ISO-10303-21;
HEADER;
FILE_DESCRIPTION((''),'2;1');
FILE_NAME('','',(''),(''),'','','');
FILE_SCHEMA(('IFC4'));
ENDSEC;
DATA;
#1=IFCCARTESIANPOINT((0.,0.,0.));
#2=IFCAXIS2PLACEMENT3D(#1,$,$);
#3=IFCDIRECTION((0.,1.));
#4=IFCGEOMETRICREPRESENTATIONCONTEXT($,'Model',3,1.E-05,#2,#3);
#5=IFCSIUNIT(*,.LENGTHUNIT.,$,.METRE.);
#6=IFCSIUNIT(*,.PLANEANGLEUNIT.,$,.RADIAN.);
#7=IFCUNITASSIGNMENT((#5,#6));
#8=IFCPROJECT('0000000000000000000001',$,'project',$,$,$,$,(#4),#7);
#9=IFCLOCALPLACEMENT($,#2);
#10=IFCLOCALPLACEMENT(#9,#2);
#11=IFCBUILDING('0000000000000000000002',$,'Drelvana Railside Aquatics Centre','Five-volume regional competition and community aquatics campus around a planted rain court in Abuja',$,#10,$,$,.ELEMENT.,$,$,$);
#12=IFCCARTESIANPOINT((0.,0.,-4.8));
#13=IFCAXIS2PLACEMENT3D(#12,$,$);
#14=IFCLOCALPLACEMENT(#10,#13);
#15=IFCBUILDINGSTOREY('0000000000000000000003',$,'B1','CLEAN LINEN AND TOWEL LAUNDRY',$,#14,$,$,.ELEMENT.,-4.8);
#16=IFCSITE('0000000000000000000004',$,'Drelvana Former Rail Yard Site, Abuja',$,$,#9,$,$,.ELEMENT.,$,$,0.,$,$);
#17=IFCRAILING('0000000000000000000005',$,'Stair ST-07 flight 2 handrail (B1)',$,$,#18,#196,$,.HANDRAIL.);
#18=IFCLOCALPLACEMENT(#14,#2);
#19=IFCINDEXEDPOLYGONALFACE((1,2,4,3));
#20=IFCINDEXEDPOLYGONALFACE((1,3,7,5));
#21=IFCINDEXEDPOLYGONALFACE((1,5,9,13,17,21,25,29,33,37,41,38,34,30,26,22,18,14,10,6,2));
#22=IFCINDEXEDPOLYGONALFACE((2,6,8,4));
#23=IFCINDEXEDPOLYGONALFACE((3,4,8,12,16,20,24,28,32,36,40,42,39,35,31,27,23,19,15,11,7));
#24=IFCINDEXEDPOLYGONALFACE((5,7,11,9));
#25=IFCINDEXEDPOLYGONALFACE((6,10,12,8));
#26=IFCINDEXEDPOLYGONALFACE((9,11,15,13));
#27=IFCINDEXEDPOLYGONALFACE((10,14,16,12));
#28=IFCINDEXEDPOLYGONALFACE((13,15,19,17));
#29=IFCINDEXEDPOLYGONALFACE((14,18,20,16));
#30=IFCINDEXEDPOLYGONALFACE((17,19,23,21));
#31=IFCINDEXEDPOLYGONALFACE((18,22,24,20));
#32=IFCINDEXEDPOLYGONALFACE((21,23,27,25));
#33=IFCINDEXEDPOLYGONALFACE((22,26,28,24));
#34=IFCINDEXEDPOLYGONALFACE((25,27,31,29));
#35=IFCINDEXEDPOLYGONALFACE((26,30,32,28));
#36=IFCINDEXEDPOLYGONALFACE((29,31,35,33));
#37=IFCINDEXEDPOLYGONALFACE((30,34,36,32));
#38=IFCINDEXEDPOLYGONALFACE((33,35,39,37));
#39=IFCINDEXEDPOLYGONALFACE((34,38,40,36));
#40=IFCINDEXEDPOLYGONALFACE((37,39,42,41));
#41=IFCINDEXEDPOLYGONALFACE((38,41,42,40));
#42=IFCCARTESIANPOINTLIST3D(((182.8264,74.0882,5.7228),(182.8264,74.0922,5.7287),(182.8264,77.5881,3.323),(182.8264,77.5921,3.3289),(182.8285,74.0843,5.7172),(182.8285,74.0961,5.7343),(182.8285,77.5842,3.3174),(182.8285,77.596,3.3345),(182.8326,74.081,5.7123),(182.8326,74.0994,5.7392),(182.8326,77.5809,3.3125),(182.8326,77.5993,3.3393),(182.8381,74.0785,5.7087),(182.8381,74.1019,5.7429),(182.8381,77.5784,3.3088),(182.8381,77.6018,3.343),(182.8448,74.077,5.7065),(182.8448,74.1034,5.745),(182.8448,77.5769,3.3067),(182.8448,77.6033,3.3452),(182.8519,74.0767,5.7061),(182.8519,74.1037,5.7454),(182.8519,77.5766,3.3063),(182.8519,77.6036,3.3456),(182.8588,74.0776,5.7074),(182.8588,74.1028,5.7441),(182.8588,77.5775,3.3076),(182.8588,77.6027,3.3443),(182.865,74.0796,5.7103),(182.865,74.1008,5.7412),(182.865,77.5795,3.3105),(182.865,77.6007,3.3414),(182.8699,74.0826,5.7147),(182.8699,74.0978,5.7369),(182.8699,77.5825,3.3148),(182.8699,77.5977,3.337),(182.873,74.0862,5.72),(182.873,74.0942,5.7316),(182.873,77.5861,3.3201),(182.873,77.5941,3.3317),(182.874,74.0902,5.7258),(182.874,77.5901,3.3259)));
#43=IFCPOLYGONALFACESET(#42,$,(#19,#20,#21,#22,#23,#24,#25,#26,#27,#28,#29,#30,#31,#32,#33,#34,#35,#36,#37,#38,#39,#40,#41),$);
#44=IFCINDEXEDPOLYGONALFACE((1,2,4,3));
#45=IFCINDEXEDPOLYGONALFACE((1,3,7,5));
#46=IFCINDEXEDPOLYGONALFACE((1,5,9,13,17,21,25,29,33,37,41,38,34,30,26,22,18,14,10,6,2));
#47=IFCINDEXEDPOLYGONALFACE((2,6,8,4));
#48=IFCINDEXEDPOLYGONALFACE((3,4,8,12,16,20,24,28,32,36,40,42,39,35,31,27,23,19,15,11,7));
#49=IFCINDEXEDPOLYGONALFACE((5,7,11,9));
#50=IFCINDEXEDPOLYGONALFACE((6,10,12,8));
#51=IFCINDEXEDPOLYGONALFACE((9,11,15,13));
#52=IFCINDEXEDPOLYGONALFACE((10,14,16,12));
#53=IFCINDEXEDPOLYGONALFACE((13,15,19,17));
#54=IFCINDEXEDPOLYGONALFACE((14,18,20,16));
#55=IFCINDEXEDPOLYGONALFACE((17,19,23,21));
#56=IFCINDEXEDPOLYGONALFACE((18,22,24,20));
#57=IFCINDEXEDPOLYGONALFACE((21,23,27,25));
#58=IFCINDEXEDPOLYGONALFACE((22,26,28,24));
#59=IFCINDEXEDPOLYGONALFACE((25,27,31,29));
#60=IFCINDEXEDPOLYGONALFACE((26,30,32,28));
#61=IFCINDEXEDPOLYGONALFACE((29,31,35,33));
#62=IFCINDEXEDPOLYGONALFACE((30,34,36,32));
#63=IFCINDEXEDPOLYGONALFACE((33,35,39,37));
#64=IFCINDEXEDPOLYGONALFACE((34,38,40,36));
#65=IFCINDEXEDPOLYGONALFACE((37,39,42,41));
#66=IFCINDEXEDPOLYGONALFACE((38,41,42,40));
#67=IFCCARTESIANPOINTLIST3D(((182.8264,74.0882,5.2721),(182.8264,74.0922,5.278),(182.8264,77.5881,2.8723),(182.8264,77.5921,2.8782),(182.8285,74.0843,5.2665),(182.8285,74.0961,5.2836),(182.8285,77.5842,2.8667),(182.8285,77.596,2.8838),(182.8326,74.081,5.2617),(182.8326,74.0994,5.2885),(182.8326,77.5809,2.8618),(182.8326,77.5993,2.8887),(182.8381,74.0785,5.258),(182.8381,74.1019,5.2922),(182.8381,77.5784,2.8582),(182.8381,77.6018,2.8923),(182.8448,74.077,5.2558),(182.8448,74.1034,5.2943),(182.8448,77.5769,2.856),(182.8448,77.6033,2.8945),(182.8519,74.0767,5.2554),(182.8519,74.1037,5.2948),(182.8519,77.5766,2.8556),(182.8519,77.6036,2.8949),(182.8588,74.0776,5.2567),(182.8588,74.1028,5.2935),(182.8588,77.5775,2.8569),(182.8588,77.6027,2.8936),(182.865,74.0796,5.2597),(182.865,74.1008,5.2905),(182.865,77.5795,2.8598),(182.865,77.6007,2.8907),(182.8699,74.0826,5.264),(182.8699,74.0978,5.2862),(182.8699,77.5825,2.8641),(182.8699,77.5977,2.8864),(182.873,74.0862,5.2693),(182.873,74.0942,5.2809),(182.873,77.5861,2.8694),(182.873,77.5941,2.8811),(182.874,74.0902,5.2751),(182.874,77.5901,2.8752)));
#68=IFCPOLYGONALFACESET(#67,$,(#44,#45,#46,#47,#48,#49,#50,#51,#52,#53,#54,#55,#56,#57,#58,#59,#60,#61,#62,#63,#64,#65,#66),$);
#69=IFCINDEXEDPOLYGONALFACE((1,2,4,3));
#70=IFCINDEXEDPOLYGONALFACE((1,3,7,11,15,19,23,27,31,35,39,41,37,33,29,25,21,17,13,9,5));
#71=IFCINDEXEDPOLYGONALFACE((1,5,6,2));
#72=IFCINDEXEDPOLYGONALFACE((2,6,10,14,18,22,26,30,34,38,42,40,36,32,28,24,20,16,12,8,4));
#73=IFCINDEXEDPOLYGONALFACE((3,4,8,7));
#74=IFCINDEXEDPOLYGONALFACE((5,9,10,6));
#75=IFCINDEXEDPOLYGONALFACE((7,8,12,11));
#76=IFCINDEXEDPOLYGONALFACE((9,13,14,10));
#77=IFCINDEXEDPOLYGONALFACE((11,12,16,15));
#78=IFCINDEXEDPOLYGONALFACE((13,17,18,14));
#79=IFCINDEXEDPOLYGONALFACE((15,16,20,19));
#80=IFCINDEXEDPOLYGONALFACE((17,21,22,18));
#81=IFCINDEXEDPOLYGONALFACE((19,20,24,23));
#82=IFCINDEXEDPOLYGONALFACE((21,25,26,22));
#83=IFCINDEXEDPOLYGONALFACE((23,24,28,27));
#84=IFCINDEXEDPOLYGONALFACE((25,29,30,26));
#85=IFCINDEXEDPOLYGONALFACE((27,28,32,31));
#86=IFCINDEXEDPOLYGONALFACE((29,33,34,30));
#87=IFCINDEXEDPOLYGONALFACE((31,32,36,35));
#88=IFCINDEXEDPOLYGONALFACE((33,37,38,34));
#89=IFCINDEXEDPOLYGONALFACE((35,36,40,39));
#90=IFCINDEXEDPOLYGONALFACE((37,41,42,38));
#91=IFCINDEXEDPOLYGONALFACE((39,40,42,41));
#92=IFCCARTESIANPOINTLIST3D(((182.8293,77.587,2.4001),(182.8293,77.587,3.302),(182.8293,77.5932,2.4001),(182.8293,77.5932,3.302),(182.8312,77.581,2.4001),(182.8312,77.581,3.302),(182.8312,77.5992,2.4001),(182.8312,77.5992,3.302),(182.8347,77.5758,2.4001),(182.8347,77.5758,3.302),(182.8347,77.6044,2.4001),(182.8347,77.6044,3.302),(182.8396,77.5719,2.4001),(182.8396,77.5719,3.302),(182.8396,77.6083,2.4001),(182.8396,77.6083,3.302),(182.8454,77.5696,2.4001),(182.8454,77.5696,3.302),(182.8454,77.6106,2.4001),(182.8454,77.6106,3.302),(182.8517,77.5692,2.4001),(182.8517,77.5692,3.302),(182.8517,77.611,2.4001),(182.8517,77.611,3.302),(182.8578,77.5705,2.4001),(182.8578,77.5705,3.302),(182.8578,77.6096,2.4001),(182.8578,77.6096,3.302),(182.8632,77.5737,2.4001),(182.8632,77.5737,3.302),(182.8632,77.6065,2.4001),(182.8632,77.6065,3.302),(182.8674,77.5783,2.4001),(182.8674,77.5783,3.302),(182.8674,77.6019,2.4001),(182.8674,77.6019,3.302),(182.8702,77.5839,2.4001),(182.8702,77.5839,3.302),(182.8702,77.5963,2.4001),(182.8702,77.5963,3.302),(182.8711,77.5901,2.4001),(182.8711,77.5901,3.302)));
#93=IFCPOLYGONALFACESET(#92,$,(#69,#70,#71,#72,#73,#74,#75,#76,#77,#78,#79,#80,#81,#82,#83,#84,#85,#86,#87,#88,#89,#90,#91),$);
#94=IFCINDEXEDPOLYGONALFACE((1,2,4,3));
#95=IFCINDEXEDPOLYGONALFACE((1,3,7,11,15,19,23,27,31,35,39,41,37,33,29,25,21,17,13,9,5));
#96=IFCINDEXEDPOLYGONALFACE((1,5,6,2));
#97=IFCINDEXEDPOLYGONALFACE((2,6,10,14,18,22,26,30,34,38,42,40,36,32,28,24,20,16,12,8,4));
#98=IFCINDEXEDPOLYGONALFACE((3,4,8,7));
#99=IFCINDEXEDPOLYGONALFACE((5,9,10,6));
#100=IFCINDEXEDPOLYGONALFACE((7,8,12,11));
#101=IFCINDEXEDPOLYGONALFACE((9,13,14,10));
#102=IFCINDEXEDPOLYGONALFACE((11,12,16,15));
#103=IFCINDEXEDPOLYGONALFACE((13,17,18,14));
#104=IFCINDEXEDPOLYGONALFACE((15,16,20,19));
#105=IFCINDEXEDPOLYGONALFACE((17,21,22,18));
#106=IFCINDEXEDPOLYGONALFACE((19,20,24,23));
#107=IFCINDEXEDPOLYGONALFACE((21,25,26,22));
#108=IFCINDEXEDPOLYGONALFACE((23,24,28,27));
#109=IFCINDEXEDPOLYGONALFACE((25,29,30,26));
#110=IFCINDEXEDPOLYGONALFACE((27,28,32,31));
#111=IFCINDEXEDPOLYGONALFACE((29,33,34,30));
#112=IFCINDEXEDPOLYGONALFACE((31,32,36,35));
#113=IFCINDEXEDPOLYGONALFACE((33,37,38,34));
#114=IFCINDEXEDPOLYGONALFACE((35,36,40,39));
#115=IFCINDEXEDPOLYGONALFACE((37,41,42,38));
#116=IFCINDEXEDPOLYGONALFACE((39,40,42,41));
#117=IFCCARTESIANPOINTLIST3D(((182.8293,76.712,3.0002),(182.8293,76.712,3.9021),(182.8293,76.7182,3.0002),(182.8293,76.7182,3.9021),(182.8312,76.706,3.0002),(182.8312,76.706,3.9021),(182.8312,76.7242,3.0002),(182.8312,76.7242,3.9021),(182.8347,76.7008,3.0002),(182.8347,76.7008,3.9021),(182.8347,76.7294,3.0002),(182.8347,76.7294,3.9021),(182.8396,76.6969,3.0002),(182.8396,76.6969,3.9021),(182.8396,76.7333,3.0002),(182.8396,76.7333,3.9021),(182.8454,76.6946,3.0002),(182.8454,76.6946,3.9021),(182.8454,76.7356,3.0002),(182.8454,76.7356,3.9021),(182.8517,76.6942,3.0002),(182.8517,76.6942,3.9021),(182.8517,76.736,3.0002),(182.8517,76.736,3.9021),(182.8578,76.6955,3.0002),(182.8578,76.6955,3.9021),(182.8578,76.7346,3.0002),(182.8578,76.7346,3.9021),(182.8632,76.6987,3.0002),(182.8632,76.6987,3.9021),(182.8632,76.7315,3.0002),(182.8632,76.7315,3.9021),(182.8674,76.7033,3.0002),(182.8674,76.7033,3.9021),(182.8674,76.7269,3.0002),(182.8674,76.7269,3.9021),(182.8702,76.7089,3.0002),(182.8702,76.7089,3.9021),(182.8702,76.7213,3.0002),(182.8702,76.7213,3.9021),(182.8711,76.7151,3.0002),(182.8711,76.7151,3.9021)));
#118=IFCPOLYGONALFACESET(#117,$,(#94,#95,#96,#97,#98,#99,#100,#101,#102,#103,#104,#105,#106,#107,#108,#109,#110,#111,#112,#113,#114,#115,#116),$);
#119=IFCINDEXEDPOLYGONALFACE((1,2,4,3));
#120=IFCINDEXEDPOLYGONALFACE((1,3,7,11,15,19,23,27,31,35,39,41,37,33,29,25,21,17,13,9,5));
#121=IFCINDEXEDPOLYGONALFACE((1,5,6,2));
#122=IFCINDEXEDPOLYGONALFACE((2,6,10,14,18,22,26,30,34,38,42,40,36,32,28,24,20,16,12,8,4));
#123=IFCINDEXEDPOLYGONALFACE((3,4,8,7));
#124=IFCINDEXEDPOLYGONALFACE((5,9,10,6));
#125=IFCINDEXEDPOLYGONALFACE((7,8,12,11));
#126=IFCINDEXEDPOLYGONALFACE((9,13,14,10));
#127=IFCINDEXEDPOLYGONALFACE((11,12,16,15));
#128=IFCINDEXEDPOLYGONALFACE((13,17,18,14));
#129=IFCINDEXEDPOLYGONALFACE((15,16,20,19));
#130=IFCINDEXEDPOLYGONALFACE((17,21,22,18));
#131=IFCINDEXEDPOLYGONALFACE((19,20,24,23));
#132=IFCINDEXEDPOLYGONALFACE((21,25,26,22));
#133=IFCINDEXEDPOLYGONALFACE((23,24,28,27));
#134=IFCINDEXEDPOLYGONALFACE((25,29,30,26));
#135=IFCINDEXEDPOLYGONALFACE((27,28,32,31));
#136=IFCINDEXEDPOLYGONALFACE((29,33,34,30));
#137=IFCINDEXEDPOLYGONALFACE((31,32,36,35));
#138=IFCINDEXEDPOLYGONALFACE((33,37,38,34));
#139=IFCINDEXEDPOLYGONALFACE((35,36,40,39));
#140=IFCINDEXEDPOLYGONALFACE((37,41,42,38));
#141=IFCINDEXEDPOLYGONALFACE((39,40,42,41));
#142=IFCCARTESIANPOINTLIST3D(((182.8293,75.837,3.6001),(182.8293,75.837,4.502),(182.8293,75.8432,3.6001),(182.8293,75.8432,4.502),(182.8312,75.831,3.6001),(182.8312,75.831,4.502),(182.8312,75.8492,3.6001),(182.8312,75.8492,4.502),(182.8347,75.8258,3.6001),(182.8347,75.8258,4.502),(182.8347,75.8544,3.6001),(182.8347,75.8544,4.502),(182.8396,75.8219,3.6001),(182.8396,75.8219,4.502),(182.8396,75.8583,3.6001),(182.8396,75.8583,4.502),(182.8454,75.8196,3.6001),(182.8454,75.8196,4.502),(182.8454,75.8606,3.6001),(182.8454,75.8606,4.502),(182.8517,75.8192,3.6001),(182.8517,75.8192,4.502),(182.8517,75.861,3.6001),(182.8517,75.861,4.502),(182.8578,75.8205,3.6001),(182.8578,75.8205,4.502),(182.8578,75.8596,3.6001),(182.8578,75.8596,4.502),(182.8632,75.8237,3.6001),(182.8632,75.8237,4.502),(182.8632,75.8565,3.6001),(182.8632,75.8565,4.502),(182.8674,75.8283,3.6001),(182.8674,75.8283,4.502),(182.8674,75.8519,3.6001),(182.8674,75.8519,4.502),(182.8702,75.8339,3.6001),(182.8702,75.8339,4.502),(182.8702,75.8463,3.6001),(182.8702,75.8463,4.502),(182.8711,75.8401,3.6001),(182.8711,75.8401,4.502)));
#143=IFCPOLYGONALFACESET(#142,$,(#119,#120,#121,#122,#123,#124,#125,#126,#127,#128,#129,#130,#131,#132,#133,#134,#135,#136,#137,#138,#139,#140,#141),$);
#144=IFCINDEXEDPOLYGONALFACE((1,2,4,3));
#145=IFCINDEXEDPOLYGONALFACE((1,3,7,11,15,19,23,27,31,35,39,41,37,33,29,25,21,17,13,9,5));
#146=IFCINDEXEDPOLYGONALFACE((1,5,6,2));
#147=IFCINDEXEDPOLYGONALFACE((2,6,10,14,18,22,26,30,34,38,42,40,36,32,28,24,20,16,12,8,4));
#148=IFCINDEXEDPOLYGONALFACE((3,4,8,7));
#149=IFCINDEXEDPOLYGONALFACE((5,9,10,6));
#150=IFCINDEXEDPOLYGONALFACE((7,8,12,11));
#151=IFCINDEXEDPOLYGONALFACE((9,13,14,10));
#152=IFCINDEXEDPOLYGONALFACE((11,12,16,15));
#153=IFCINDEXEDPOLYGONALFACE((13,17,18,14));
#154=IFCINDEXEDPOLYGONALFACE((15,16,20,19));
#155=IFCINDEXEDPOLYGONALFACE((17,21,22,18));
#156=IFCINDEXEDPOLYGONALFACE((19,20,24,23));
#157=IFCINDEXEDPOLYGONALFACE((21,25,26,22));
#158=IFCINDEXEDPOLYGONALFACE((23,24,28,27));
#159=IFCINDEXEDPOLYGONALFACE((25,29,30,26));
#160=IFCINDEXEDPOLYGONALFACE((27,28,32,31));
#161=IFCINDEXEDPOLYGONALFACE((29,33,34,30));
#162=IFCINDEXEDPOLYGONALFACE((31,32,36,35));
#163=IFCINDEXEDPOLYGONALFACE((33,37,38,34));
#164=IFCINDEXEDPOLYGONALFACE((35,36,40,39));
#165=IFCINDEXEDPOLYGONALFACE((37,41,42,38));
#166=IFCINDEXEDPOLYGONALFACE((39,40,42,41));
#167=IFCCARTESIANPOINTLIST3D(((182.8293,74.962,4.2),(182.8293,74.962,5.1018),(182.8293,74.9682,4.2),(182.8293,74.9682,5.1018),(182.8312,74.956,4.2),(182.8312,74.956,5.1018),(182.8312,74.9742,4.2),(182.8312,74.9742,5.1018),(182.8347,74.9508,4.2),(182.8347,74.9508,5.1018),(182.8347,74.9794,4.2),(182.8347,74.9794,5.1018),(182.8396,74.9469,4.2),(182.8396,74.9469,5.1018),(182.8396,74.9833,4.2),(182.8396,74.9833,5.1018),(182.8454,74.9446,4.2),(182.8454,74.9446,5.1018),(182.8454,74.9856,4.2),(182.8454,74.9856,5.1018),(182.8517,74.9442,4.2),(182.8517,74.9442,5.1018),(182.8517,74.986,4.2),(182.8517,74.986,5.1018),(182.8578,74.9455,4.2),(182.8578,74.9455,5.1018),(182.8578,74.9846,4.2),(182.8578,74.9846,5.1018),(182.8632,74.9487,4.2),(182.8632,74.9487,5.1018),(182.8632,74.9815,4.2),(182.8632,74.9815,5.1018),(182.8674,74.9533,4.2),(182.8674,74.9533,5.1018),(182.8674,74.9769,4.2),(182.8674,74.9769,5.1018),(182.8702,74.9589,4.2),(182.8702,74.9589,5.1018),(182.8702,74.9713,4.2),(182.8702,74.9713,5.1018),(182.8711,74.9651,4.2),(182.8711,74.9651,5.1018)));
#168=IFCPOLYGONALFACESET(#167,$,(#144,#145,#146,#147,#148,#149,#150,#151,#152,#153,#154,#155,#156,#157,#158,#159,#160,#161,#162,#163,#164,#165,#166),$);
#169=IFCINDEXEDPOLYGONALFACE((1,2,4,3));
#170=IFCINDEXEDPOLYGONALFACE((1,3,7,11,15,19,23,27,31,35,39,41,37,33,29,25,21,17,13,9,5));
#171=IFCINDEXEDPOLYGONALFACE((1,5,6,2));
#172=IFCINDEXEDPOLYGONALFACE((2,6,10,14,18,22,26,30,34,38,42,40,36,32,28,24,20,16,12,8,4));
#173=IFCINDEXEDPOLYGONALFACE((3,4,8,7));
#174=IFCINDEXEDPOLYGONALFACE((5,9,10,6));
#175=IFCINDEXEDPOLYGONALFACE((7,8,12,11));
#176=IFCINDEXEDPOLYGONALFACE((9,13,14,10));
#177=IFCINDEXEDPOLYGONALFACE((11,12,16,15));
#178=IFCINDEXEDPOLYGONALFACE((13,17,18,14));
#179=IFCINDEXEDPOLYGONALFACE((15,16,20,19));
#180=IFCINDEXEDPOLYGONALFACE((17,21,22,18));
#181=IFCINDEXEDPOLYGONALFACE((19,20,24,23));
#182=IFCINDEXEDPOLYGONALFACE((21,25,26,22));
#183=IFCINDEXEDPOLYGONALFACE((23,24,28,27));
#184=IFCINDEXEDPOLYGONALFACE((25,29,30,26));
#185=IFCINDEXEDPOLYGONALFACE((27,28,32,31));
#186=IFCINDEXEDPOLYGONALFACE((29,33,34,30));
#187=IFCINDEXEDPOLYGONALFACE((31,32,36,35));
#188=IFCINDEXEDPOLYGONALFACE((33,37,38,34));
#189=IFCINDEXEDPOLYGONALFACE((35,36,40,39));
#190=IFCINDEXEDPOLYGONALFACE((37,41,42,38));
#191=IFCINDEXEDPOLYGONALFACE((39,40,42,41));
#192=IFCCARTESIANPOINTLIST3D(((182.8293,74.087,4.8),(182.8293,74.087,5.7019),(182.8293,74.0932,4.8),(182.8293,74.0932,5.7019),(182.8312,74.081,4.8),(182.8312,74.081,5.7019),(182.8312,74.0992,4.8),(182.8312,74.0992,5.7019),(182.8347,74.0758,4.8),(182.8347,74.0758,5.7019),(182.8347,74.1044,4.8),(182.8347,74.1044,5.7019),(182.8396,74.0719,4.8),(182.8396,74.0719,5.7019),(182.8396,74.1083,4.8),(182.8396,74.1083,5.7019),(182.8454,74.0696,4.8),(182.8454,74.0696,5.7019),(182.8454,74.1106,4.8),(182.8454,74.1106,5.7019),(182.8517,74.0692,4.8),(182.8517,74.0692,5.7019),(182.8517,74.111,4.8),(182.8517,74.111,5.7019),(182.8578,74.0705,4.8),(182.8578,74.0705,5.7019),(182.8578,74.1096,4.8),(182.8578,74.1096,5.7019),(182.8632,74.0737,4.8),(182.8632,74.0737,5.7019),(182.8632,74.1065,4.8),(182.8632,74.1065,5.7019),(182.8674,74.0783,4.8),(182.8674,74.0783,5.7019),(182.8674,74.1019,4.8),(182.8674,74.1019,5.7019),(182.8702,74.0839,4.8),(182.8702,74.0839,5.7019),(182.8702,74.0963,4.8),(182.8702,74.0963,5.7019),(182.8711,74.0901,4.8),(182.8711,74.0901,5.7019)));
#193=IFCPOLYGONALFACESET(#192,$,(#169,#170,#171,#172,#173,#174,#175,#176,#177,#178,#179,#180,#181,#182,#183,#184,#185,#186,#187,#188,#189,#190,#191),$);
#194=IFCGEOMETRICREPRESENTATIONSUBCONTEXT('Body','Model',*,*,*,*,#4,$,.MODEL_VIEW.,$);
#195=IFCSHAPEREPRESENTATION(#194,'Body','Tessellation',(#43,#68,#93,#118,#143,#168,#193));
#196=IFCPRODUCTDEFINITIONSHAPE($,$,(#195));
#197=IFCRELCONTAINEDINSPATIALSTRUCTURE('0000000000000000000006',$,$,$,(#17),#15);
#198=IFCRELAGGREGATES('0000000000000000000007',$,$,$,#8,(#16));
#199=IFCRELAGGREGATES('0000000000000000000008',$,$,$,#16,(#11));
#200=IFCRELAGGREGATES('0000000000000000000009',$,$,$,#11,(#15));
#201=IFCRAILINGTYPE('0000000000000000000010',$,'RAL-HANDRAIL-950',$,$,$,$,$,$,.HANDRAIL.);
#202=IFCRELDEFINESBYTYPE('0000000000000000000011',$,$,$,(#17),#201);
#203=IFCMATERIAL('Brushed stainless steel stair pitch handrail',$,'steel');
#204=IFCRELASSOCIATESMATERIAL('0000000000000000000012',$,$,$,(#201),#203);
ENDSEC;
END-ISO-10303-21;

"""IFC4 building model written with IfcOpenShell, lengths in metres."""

from ifc_helpers import new_model, si_unit, direction, frame, origin, origin_2d, place, context, subcontext, project, spatial, circle, extrude, material, type_object, element, save


model = new_model("IFC4")

# Units and contexts
model_context = context("Model", 3, precision=1e-05, world=origin(), true_north=direction((0.0, 1.0)))
body_context = subcontext(model_context, "Body", "Model", "MODEL_VIEW")
ifc_project = project(units=[si_unit("LENGTHUNIT", "METRE"), si_unit("PLANEANGLEUNIT", "RADIAN")], contexts=[model_context])

# Site, building, storey
site_placement = place(None, origin())
site = spatial("IfcSite", under=ifc_project, at=site_placement, Name="Drelvana Former Rail Yard Site, Abuja", CompositionType="ELEMENT", RefElevation=0.0)
building_placement = place(site_placement, origin())
building = spatial("IfcBuilding", under=site, at=building_placement, Name="Drelvana Railside Aquatics Centre", Description="Five-volume regional competition and community aquatics campus around a planted rain court in Abuja", CompositionType="ELEMENT")
storey_placement = place(building_placement, frame((0.0, 0.0, -4.8)))
storey = spatial("IfcBuildingStorey", under=building, at=storey_placement, Name="B1", Description="CLEAN LINEN AND TOWEL LAUNDRY", CompositionType="ELEMENT", Elevation=-4.8)

# Railing
ifc_material_1 = material(Name="Brushed stainless steel stair pitch handrail", Category="steel")
railing_type = type_object("IfcRailingType", Name="RAL-HANDRAIL-950", PredefinedType="HANDRAIL", material=ifc_material_1)
railing_1_placement = place(storey_placement, frame((182.8501, 77.5901, 2.4001)))
element("IfcRailing", 1, at=railing_1_placement, inside=storey, type_object=railing_type, Name="Stair ST-07 flight 2 handrail (B1)", PredefinedType="HANDRAIL", context=body_context, shape_type="SweptSolid", body=[
    extrude(circle(Radius=0.0239, at=origin_2d()), frame((0.0, 0.0, 0.9258), z_axis=(0.0, -0.82474, 0.565513), x_axis=(1.0, 0.0, 0.0)), (0.0, 0.0, 1.0), 4.2437),
    extrude(circle(Radius=0.0239, at=origin_2d()), frame((0.0, 0.0, 0.4751), z_axis=(0.0, -0.82474, 0.565513), x_axis=(1.0, 0.0, 0.0)), (0.0, 0.0, 1.0), 4.2437),
    extrude(circle(Radius=0.021, at=origin_2d()), origin(), (0.0, 0.0, 1.0), 0.9019),
    extrude(circle(Radius=0.021, at=origin_2d()), frame((0.0, -0.875, 0.6001)), (0.0, 0.0, 1.0), 0.9019),
    extrude(circle(Radius=0.021, at=origin_2d()), frame((0.0, -1.75, 1.2)), (0.0, 0.0, 1.0), 0.9019),
    extrude(circle(Radius=0.021, at=origin_2d()), frame((0.0, -2.625, 1.7998)), (0.0, 0.0, 1.0), 0.9019),
    extrude(circle(Radius=0.021, at=origin_2d()), frame((0.0, -3.5, 2.3999)), (0.0, 0.0, 1.0), 0.9019),
])

save(model, "model.ifc")
